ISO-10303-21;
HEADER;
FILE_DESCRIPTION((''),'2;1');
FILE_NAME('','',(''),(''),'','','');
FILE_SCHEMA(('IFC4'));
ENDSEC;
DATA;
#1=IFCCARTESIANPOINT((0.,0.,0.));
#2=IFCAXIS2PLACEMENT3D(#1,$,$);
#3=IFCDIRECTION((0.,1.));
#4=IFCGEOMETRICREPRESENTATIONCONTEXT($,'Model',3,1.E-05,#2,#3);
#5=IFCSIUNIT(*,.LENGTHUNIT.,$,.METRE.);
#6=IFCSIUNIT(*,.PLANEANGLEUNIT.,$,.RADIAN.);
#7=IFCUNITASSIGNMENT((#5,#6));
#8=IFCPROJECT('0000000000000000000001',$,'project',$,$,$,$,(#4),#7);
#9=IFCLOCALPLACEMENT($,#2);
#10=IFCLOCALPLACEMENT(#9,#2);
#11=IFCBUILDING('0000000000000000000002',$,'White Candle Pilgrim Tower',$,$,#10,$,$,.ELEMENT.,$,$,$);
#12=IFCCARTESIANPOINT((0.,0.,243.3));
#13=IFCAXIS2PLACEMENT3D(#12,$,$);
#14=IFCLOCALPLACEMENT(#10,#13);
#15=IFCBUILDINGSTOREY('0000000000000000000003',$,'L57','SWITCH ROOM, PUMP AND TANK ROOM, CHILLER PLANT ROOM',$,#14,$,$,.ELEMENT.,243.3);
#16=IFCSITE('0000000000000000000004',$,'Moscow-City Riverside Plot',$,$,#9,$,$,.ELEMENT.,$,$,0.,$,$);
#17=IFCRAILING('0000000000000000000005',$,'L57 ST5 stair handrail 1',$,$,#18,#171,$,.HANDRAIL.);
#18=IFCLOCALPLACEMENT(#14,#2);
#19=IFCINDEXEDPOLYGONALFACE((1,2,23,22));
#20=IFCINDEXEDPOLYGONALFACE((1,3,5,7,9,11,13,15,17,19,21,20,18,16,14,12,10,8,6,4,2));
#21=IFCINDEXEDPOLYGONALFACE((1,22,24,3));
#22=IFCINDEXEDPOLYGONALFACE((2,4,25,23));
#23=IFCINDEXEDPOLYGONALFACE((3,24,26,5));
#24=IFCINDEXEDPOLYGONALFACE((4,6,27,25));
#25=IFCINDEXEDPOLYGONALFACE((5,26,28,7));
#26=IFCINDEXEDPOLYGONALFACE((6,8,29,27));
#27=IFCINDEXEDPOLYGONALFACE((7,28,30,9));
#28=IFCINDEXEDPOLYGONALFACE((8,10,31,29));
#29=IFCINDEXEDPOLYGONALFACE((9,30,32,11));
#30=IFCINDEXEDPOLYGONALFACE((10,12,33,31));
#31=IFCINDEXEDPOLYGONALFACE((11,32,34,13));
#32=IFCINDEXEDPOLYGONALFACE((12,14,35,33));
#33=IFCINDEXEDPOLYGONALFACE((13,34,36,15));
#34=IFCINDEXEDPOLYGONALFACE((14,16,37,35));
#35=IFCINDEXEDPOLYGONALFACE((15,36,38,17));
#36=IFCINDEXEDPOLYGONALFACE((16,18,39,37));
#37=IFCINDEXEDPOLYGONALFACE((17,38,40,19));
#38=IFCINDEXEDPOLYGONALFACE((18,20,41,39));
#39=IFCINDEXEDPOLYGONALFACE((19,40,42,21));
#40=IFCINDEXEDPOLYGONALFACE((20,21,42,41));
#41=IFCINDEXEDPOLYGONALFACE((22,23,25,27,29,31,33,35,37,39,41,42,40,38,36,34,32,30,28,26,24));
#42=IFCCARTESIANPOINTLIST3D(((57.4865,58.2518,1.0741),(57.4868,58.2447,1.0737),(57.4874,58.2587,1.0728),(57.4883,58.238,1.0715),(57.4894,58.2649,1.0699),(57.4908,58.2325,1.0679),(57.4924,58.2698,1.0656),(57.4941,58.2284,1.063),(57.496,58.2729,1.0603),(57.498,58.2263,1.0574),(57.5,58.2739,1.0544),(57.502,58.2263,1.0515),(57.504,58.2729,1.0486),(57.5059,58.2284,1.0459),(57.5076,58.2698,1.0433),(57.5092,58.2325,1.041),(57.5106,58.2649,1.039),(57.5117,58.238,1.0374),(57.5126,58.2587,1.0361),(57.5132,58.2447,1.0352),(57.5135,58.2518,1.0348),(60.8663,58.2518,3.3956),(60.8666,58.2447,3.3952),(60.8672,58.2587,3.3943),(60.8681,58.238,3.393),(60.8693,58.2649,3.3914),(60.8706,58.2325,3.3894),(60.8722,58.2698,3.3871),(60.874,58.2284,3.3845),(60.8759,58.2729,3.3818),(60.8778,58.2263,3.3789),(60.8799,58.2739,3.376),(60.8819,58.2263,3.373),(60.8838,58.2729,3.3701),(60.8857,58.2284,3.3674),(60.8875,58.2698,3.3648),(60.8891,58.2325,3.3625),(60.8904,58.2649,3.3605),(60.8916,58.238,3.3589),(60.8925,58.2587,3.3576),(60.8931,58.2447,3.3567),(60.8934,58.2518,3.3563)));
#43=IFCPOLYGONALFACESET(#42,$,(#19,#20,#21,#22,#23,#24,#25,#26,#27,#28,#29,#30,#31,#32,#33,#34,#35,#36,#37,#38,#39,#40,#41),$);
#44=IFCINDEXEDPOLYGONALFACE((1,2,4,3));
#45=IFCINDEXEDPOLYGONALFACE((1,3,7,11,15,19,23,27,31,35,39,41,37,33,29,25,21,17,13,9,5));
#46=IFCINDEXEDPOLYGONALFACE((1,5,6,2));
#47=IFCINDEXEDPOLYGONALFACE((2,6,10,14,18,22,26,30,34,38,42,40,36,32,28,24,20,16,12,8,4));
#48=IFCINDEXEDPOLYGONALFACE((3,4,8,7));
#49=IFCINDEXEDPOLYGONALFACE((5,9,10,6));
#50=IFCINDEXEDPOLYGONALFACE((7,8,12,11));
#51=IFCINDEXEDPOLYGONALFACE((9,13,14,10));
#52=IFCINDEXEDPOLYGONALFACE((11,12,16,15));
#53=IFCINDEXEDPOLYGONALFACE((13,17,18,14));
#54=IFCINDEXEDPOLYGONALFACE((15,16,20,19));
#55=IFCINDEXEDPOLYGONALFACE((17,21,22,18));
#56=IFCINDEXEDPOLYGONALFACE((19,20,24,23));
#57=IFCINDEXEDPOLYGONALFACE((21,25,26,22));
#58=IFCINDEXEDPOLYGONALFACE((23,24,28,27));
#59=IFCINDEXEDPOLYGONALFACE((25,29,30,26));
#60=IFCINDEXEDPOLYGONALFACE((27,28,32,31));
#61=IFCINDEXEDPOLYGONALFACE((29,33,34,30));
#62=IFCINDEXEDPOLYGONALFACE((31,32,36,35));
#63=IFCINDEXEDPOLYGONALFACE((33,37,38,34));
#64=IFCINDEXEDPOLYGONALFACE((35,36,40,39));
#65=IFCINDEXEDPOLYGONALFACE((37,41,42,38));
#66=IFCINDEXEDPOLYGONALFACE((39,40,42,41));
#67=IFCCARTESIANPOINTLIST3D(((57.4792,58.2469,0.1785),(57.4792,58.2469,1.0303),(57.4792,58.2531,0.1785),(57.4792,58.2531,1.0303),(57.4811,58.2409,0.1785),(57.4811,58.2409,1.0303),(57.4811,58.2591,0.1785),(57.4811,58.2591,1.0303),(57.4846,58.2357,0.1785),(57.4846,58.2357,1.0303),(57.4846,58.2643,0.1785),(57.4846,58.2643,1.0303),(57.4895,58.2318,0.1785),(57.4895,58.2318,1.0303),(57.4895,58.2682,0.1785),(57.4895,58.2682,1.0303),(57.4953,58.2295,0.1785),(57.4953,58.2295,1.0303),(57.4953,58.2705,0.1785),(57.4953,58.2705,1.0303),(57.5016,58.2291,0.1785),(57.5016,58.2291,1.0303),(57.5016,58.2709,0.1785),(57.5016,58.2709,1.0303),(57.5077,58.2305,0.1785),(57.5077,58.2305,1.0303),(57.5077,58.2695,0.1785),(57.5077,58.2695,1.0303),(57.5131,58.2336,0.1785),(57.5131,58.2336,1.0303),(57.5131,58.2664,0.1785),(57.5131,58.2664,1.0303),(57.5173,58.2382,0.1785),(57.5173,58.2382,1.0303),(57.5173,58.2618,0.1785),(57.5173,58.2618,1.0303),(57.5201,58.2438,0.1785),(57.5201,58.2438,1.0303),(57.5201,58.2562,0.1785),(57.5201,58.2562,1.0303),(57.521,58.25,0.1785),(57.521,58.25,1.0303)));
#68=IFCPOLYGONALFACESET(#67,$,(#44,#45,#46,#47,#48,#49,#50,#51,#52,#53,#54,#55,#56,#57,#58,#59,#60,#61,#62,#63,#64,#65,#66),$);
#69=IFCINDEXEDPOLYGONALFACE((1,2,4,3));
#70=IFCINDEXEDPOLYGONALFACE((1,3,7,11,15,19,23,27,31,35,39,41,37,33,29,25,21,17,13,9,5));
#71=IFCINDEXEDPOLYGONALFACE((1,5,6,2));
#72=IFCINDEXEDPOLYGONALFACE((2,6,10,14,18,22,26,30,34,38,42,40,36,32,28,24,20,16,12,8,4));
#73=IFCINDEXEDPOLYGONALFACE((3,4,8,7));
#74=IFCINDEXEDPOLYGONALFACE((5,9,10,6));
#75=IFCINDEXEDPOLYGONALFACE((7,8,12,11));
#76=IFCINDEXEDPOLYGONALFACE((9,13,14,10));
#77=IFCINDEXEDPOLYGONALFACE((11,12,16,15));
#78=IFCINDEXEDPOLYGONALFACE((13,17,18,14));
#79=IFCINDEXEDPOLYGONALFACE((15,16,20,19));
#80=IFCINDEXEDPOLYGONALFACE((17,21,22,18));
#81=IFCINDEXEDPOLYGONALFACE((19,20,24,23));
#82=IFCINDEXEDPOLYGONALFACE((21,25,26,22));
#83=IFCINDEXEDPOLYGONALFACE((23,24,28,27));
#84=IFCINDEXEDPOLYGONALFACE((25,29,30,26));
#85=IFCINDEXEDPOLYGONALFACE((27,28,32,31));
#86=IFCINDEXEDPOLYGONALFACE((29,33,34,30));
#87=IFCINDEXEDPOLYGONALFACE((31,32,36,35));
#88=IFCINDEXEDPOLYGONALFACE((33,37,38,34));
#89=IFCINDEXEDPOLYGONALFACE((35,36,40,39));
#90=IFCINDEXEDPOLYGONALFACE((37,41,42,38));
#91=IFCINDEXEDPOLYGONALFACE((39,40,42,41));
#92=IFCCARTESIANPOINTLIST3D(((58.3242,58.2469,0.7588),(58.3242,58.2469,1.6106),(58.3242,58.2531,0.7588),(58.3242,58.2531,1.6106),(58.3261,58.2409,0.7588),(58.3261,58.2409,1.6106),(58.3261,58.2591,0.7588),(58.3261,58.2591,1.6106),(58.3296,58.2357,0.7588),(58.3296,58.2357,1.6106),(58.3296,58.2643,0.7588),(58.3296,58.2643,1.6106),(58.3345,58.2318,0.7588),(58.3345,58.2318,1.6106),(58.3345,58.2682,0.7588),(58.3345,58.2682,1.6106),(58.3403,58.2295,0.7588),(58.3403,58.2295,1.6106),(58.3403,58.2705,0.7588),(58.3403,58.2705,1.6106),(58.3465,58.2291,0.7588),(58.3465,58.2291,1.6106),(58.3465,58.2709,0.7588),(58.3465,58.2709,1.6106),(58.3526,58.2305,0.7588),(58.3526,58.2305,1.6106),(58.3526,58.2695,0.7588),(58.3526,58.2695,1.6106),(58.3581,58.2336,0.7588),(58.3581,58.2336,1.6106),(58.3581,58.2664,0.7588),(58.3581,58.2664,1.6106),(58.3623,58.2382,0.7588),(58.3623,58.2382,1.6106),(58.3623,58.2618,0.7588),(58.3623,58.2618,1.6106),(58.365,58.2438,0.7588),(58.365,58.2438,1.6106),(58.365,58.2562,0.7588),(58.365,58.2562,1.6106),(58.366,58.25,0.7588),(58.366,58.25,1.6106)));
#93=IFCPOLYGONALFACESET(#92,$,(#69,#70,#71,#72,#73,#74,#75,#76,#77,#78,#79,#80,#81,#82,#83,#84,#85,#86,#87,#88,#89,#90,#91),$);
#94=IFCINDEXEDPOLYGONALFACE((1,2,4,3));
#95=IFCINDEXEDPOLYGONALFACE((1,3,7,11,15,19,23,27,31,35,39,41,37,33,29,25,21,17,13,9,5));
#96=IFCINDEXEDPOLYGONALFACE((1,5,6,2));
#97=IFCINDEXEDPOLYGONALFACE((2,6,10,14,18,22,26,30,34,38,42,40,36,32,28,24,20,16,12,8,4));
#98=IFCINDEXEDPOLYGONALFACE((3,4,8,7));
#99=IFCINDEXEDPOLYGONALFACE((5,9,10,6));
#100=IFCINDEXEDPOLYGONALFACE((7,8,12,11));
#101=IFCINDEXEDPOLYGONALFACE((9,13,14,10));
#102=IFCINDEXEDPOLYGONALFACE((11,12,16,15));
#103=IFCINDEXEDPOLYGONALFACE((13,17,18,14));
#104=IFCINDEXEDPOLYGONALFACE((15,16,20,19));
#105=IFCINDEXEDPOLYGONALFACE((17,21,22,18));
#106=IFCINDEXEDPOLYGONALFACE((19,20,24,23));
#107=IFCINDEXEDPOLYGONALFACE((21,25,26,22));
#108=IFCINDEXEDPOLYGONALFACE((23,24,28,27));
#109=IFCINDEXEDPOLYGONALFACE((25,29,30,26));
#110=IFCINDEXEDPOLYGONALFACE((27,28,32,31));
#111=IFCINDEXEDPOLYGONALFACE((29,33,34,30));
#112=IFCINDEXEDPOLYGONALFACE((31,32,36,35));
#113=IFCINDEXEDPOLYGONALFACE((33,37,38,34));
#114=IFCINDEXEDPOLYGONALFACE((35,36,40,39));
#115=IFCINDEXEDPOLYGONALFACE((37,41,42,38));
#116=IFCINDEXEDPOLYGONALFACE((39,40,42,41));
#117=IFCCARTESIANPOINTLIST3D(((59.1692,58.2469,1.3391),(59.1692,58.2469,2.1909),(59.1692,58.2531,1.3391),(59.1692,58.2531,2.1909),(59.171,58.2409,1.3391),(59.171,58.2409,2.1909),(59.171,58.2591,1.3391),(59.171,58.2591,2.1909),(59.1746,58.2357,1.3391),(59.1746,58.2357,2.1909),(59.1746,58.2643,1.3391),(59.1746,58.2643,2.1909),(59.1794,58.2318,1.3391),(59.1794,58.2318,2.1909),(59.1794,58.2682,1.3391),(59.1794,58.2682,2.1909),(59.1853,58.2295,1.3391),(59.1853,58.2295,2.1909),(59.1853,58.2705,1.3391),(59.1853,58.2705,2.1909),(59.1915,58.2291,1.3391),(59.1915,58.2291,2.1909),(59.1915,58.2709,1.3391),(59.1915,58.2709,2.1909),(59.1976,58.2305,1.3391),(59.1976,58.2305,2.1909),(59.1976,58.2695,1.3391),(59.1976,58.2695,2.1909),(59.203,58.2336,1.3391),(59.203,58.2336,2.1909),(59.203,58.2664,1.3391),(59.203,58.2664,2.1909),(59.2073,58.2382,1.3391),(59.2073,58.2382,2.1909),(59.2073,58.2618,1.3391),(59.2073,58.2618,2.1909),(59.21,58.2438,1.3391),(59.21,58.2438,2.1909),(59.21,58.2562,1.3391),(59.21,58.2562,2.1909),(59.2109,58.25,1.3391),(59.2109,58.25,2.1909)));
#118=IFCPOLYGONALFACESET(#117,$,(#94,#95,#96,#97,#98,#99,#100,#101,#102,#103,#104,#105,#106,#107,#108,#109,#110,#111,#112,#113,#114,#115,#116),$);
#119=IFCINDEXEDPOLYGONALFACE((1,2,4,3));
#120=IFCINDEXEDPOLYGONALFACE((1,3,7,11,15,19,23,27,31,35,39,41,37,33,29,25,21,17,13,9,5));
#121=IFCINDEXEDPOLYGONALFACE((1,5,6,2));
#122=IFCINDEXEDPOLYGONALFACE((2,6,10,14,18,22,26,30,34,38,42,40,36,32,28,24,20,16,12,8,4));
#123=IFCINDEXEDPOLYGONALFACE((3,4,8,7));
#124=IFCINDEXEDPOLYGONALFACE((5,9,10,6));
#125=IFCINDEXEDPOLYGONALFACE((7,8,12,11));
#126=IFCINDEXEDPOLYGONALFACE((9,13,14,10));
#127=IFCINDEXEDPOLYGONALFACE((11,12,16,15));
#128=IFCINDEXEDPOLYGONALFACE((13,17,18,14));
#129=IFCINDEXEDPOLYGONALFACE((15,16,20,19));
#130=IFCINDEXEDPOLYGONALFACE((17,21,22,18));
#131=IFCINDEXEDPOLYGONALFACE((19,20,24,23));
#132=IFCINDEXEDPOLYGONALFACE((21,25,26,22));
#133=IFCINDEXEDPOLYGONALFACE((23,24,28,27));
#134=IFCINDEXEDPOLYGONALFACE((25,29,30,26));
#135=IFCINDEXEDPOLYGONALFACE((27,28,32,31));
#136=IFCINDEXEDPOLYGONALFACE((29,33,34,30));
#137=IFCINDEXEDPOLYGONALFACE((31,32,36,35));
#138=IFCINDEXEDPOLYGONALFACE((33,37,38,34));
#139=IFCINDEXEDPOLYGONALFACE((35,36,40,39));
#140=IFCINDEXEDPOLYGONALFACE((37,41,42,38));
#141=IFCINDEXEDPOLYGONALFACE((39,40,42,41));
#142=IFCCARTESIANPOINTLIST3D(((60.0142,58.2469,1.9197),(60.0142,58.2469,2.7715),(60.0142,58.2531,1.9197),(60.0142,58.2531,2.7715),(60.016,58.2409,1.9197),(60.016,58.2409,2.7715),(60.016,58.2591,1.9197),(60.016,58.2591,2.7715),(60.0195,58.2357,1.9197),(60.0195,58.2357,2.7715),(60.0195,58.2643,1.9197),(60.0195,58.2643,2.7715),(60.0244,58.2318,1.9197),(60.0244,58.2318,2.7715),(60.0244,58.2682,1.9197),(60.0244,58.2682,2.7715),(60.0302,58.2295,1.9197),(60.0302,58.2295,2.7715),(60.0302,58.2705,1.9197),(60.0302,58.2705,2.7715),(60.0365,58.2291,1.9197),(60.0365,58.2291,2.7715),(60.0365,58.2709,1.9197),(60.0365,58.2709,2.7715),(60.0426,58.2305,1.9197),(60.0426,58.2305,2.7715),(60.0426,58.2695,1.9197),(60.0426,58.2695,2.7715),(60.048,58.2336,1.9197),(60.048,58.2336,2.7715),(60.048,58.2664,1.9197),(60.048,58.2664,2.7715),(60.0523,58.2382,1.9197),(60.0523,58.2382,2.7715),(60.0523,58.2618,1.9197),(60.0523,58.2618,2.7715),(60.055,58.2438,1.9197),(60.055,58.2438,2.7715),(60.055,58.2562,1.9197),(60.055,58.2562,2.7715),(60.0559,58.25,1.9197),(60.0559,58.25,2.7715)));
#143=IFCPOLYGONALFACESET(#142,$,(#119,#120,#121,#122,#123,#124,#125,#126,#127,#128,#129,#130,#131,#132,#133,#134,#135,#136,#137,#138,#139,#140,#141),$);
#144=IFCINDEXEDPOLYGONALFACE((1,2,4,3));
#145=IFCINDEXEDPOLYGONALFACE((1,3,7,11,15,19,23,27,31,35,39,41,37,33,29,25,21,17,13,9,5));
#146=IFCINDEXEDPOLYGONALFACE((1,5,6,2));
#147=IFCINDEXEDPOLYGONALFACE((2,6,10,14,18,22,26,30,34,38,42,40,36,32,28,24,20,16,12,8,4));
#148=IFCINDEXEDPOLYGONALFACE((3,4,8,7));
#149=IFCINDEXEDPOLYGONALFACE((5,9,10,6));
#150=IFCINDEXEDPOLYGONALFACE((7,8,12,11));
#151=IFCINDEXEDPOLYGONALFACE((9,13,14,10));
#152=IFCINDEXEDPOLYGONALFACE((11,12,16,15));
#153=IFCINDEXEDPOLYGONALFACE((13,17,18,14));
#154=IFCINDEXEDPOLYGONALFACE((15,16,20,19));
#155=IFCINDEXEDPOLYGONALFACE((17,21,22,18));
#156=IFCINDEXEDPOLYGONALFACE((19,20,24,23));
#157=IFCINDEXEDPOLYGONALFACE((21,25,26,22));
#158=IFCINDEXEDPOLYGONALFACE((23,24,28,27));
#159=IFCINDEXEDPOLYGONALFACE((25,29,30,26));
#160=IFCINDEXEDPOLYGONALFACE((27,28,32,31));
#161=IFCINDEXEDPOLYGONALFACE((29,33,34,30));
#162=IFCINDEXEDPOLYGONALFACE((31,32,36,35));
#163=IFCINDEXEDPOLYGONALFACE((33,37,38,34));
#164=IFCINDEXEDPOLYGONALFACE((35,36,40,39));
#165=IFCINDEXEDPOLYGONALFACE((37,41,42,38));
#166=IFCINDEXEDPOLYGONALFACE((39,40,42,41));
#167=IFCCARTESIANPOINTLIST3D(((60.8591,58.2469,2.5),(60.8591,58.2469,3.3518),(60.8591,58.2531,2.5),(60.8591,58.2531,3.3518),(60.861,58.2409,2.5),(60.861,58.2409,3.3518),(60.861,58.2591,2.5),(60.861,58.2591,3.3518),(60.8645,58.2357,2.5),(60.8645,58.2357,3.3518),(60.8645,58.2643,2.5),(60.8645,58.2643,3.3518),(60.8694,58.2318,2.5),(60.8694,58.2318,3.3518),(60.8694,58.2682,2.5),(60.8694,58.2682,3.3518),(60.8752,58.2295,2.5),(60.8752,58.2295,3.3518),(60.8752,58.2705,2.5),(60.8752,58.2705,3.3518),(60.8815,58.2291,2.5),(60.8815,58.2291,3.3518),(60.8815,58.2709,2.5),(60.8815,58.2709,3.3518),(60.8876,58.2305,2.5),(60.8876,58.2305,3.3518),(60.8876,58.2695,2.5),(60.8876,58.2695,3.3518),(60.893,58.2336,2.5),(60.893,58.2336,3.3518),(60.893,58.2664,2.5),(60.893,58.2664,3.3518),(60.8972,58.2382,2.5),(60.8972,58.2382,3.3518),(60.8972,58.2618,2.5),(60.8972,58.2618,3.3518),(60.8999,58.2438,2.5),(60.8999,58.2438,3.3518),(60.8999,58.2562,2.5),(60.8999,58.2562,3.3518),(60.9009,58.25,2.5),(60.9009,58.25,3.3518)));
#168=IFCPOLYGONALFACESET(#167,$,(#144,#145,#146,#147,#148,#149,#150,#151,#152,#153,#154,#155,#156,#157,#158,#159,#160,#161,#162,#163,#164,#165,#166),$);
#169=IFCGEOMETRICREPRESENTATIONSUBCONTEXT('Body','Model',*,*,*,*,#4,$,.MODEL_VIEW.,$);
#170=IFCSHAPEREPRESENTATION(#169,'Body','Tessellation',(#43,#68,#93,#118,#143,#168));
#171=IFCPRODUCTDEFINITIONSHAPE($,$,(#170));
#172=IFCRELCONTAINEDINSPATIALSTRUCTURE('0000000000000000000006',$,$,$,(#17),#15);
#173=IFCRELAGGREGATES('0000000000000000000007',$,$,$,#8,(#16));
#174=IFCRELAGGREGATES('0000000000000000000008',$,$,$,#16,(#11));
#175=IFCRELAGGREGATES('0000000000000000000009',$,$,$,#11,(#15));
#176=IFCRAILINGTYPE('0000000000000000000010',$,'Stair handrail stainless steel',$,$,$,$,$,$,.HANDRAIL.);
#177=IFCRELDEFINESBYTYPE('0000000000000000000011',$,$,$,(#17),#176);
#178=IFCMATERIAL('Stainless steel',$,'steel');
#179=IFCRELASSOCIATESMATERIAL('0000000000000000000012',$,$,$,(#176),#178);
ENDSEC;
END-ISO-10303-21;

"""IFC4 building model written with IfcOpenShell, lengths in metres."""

from ifc_helpers import new_model, si_unit, direction, frame, origin, origin_2d, place, context, subcontext, project, spatial, circle, extrude, material, type_object, element, save


model = new_model("IFC4")

# Units and contexts
model_context = context("Model", 3, precision=1e-05, world=origin(), true_north=direction((0.0, 1.0)))
body_context = subcontext(model_context, "Body", "Model", "MODEL_VIEW")
ifc_project = project(units=[si_unit("LENGTHUNIT", "METRE"), si_unit("PLANEANGLEUNIT", "RADIAN")], contexts=[model_context])

# Site, building, storey
site_placement = place(None, origin())
site = spatial("IfcSite", under=ifc_project, at=site_placement, Name="Moscow-City Riverside Plot", CompositionType="ELEMENT", RefElevation=0.0)
building_placement = place(site_placement, origin())
building = spatial("IfcBuilding", under=site, at=building_placement, Name="White Candle Pilgrim Tower", CompositionType="ELEMENT")
storey_placement = place(building_placement, frame((0.0, 0.0, 243.3)))
storey = spatial("IfcBuildingStorey", under=building, at=storey_placement, Name="L57", Description="SWITCH ROOM, PUMP AND TANK ROOM, CHILLER PLANT ROOM", CompositionType="ELEMENT", Elevation=243.3)

# Railing
ifc_material_1 = material(Name="Stainless steel", Category="steel")
railing_type_1 = type_object("IfcRailingType", Name="Stair handrail stainless steel", PredefinedType="HANDRAIL", material=ifc_material_1)
railing_1_placement = place(storey_placement, frame((57.5, 58.25, 0.1785)))
element("IfcRailing", 1, at=railing_1_placement, inside=storey, type_object=railing_type_1, Name="L57 ST5 stair handrail 1", PredefinedType="HANDRAIL", context=body_context, shape_type="SweptSolid", body=[
    extrude(circle(Radius=0.0239, at=origin_2d()), frame((0.0, 0.0, 0.876), z_axis=(0.824285, 0.0, 0.566175), x_axis=(0.0, 1.0, 0.0)), (0.0, 0.0, 1.0), 4.1003),
    extrude(circle(Radius=0.021, at=origin_2d()), origin(), (0.0, 0.0, 1.0), 0.8518),
    extrude(circle(Radius=0.021, at=origin_2d()), frame((0.845, 0.0, 0.5803)), (0.0, 0.0, 1.0), 0.8518),
    extrude(circle(Radius=0.021, at=origin_2d()), frame((1.6899, 0.0, 1.1606)), (0.0, 0.0, 1.0), 0.8518),
    extrude(circle(Radius=0.021, at=origin_2d()), frame((2.5349, 0.0, 1.7412)), (0.0, 0.0, 1.0), 0.8518),
    extrude(circle(Radius=0.021, at=origin_2d()), frame((3.3799, 0.0, 2.3215)), (0.0, 0.0, 1.0), 0.8518),
])

save(model, "model.ifc")
